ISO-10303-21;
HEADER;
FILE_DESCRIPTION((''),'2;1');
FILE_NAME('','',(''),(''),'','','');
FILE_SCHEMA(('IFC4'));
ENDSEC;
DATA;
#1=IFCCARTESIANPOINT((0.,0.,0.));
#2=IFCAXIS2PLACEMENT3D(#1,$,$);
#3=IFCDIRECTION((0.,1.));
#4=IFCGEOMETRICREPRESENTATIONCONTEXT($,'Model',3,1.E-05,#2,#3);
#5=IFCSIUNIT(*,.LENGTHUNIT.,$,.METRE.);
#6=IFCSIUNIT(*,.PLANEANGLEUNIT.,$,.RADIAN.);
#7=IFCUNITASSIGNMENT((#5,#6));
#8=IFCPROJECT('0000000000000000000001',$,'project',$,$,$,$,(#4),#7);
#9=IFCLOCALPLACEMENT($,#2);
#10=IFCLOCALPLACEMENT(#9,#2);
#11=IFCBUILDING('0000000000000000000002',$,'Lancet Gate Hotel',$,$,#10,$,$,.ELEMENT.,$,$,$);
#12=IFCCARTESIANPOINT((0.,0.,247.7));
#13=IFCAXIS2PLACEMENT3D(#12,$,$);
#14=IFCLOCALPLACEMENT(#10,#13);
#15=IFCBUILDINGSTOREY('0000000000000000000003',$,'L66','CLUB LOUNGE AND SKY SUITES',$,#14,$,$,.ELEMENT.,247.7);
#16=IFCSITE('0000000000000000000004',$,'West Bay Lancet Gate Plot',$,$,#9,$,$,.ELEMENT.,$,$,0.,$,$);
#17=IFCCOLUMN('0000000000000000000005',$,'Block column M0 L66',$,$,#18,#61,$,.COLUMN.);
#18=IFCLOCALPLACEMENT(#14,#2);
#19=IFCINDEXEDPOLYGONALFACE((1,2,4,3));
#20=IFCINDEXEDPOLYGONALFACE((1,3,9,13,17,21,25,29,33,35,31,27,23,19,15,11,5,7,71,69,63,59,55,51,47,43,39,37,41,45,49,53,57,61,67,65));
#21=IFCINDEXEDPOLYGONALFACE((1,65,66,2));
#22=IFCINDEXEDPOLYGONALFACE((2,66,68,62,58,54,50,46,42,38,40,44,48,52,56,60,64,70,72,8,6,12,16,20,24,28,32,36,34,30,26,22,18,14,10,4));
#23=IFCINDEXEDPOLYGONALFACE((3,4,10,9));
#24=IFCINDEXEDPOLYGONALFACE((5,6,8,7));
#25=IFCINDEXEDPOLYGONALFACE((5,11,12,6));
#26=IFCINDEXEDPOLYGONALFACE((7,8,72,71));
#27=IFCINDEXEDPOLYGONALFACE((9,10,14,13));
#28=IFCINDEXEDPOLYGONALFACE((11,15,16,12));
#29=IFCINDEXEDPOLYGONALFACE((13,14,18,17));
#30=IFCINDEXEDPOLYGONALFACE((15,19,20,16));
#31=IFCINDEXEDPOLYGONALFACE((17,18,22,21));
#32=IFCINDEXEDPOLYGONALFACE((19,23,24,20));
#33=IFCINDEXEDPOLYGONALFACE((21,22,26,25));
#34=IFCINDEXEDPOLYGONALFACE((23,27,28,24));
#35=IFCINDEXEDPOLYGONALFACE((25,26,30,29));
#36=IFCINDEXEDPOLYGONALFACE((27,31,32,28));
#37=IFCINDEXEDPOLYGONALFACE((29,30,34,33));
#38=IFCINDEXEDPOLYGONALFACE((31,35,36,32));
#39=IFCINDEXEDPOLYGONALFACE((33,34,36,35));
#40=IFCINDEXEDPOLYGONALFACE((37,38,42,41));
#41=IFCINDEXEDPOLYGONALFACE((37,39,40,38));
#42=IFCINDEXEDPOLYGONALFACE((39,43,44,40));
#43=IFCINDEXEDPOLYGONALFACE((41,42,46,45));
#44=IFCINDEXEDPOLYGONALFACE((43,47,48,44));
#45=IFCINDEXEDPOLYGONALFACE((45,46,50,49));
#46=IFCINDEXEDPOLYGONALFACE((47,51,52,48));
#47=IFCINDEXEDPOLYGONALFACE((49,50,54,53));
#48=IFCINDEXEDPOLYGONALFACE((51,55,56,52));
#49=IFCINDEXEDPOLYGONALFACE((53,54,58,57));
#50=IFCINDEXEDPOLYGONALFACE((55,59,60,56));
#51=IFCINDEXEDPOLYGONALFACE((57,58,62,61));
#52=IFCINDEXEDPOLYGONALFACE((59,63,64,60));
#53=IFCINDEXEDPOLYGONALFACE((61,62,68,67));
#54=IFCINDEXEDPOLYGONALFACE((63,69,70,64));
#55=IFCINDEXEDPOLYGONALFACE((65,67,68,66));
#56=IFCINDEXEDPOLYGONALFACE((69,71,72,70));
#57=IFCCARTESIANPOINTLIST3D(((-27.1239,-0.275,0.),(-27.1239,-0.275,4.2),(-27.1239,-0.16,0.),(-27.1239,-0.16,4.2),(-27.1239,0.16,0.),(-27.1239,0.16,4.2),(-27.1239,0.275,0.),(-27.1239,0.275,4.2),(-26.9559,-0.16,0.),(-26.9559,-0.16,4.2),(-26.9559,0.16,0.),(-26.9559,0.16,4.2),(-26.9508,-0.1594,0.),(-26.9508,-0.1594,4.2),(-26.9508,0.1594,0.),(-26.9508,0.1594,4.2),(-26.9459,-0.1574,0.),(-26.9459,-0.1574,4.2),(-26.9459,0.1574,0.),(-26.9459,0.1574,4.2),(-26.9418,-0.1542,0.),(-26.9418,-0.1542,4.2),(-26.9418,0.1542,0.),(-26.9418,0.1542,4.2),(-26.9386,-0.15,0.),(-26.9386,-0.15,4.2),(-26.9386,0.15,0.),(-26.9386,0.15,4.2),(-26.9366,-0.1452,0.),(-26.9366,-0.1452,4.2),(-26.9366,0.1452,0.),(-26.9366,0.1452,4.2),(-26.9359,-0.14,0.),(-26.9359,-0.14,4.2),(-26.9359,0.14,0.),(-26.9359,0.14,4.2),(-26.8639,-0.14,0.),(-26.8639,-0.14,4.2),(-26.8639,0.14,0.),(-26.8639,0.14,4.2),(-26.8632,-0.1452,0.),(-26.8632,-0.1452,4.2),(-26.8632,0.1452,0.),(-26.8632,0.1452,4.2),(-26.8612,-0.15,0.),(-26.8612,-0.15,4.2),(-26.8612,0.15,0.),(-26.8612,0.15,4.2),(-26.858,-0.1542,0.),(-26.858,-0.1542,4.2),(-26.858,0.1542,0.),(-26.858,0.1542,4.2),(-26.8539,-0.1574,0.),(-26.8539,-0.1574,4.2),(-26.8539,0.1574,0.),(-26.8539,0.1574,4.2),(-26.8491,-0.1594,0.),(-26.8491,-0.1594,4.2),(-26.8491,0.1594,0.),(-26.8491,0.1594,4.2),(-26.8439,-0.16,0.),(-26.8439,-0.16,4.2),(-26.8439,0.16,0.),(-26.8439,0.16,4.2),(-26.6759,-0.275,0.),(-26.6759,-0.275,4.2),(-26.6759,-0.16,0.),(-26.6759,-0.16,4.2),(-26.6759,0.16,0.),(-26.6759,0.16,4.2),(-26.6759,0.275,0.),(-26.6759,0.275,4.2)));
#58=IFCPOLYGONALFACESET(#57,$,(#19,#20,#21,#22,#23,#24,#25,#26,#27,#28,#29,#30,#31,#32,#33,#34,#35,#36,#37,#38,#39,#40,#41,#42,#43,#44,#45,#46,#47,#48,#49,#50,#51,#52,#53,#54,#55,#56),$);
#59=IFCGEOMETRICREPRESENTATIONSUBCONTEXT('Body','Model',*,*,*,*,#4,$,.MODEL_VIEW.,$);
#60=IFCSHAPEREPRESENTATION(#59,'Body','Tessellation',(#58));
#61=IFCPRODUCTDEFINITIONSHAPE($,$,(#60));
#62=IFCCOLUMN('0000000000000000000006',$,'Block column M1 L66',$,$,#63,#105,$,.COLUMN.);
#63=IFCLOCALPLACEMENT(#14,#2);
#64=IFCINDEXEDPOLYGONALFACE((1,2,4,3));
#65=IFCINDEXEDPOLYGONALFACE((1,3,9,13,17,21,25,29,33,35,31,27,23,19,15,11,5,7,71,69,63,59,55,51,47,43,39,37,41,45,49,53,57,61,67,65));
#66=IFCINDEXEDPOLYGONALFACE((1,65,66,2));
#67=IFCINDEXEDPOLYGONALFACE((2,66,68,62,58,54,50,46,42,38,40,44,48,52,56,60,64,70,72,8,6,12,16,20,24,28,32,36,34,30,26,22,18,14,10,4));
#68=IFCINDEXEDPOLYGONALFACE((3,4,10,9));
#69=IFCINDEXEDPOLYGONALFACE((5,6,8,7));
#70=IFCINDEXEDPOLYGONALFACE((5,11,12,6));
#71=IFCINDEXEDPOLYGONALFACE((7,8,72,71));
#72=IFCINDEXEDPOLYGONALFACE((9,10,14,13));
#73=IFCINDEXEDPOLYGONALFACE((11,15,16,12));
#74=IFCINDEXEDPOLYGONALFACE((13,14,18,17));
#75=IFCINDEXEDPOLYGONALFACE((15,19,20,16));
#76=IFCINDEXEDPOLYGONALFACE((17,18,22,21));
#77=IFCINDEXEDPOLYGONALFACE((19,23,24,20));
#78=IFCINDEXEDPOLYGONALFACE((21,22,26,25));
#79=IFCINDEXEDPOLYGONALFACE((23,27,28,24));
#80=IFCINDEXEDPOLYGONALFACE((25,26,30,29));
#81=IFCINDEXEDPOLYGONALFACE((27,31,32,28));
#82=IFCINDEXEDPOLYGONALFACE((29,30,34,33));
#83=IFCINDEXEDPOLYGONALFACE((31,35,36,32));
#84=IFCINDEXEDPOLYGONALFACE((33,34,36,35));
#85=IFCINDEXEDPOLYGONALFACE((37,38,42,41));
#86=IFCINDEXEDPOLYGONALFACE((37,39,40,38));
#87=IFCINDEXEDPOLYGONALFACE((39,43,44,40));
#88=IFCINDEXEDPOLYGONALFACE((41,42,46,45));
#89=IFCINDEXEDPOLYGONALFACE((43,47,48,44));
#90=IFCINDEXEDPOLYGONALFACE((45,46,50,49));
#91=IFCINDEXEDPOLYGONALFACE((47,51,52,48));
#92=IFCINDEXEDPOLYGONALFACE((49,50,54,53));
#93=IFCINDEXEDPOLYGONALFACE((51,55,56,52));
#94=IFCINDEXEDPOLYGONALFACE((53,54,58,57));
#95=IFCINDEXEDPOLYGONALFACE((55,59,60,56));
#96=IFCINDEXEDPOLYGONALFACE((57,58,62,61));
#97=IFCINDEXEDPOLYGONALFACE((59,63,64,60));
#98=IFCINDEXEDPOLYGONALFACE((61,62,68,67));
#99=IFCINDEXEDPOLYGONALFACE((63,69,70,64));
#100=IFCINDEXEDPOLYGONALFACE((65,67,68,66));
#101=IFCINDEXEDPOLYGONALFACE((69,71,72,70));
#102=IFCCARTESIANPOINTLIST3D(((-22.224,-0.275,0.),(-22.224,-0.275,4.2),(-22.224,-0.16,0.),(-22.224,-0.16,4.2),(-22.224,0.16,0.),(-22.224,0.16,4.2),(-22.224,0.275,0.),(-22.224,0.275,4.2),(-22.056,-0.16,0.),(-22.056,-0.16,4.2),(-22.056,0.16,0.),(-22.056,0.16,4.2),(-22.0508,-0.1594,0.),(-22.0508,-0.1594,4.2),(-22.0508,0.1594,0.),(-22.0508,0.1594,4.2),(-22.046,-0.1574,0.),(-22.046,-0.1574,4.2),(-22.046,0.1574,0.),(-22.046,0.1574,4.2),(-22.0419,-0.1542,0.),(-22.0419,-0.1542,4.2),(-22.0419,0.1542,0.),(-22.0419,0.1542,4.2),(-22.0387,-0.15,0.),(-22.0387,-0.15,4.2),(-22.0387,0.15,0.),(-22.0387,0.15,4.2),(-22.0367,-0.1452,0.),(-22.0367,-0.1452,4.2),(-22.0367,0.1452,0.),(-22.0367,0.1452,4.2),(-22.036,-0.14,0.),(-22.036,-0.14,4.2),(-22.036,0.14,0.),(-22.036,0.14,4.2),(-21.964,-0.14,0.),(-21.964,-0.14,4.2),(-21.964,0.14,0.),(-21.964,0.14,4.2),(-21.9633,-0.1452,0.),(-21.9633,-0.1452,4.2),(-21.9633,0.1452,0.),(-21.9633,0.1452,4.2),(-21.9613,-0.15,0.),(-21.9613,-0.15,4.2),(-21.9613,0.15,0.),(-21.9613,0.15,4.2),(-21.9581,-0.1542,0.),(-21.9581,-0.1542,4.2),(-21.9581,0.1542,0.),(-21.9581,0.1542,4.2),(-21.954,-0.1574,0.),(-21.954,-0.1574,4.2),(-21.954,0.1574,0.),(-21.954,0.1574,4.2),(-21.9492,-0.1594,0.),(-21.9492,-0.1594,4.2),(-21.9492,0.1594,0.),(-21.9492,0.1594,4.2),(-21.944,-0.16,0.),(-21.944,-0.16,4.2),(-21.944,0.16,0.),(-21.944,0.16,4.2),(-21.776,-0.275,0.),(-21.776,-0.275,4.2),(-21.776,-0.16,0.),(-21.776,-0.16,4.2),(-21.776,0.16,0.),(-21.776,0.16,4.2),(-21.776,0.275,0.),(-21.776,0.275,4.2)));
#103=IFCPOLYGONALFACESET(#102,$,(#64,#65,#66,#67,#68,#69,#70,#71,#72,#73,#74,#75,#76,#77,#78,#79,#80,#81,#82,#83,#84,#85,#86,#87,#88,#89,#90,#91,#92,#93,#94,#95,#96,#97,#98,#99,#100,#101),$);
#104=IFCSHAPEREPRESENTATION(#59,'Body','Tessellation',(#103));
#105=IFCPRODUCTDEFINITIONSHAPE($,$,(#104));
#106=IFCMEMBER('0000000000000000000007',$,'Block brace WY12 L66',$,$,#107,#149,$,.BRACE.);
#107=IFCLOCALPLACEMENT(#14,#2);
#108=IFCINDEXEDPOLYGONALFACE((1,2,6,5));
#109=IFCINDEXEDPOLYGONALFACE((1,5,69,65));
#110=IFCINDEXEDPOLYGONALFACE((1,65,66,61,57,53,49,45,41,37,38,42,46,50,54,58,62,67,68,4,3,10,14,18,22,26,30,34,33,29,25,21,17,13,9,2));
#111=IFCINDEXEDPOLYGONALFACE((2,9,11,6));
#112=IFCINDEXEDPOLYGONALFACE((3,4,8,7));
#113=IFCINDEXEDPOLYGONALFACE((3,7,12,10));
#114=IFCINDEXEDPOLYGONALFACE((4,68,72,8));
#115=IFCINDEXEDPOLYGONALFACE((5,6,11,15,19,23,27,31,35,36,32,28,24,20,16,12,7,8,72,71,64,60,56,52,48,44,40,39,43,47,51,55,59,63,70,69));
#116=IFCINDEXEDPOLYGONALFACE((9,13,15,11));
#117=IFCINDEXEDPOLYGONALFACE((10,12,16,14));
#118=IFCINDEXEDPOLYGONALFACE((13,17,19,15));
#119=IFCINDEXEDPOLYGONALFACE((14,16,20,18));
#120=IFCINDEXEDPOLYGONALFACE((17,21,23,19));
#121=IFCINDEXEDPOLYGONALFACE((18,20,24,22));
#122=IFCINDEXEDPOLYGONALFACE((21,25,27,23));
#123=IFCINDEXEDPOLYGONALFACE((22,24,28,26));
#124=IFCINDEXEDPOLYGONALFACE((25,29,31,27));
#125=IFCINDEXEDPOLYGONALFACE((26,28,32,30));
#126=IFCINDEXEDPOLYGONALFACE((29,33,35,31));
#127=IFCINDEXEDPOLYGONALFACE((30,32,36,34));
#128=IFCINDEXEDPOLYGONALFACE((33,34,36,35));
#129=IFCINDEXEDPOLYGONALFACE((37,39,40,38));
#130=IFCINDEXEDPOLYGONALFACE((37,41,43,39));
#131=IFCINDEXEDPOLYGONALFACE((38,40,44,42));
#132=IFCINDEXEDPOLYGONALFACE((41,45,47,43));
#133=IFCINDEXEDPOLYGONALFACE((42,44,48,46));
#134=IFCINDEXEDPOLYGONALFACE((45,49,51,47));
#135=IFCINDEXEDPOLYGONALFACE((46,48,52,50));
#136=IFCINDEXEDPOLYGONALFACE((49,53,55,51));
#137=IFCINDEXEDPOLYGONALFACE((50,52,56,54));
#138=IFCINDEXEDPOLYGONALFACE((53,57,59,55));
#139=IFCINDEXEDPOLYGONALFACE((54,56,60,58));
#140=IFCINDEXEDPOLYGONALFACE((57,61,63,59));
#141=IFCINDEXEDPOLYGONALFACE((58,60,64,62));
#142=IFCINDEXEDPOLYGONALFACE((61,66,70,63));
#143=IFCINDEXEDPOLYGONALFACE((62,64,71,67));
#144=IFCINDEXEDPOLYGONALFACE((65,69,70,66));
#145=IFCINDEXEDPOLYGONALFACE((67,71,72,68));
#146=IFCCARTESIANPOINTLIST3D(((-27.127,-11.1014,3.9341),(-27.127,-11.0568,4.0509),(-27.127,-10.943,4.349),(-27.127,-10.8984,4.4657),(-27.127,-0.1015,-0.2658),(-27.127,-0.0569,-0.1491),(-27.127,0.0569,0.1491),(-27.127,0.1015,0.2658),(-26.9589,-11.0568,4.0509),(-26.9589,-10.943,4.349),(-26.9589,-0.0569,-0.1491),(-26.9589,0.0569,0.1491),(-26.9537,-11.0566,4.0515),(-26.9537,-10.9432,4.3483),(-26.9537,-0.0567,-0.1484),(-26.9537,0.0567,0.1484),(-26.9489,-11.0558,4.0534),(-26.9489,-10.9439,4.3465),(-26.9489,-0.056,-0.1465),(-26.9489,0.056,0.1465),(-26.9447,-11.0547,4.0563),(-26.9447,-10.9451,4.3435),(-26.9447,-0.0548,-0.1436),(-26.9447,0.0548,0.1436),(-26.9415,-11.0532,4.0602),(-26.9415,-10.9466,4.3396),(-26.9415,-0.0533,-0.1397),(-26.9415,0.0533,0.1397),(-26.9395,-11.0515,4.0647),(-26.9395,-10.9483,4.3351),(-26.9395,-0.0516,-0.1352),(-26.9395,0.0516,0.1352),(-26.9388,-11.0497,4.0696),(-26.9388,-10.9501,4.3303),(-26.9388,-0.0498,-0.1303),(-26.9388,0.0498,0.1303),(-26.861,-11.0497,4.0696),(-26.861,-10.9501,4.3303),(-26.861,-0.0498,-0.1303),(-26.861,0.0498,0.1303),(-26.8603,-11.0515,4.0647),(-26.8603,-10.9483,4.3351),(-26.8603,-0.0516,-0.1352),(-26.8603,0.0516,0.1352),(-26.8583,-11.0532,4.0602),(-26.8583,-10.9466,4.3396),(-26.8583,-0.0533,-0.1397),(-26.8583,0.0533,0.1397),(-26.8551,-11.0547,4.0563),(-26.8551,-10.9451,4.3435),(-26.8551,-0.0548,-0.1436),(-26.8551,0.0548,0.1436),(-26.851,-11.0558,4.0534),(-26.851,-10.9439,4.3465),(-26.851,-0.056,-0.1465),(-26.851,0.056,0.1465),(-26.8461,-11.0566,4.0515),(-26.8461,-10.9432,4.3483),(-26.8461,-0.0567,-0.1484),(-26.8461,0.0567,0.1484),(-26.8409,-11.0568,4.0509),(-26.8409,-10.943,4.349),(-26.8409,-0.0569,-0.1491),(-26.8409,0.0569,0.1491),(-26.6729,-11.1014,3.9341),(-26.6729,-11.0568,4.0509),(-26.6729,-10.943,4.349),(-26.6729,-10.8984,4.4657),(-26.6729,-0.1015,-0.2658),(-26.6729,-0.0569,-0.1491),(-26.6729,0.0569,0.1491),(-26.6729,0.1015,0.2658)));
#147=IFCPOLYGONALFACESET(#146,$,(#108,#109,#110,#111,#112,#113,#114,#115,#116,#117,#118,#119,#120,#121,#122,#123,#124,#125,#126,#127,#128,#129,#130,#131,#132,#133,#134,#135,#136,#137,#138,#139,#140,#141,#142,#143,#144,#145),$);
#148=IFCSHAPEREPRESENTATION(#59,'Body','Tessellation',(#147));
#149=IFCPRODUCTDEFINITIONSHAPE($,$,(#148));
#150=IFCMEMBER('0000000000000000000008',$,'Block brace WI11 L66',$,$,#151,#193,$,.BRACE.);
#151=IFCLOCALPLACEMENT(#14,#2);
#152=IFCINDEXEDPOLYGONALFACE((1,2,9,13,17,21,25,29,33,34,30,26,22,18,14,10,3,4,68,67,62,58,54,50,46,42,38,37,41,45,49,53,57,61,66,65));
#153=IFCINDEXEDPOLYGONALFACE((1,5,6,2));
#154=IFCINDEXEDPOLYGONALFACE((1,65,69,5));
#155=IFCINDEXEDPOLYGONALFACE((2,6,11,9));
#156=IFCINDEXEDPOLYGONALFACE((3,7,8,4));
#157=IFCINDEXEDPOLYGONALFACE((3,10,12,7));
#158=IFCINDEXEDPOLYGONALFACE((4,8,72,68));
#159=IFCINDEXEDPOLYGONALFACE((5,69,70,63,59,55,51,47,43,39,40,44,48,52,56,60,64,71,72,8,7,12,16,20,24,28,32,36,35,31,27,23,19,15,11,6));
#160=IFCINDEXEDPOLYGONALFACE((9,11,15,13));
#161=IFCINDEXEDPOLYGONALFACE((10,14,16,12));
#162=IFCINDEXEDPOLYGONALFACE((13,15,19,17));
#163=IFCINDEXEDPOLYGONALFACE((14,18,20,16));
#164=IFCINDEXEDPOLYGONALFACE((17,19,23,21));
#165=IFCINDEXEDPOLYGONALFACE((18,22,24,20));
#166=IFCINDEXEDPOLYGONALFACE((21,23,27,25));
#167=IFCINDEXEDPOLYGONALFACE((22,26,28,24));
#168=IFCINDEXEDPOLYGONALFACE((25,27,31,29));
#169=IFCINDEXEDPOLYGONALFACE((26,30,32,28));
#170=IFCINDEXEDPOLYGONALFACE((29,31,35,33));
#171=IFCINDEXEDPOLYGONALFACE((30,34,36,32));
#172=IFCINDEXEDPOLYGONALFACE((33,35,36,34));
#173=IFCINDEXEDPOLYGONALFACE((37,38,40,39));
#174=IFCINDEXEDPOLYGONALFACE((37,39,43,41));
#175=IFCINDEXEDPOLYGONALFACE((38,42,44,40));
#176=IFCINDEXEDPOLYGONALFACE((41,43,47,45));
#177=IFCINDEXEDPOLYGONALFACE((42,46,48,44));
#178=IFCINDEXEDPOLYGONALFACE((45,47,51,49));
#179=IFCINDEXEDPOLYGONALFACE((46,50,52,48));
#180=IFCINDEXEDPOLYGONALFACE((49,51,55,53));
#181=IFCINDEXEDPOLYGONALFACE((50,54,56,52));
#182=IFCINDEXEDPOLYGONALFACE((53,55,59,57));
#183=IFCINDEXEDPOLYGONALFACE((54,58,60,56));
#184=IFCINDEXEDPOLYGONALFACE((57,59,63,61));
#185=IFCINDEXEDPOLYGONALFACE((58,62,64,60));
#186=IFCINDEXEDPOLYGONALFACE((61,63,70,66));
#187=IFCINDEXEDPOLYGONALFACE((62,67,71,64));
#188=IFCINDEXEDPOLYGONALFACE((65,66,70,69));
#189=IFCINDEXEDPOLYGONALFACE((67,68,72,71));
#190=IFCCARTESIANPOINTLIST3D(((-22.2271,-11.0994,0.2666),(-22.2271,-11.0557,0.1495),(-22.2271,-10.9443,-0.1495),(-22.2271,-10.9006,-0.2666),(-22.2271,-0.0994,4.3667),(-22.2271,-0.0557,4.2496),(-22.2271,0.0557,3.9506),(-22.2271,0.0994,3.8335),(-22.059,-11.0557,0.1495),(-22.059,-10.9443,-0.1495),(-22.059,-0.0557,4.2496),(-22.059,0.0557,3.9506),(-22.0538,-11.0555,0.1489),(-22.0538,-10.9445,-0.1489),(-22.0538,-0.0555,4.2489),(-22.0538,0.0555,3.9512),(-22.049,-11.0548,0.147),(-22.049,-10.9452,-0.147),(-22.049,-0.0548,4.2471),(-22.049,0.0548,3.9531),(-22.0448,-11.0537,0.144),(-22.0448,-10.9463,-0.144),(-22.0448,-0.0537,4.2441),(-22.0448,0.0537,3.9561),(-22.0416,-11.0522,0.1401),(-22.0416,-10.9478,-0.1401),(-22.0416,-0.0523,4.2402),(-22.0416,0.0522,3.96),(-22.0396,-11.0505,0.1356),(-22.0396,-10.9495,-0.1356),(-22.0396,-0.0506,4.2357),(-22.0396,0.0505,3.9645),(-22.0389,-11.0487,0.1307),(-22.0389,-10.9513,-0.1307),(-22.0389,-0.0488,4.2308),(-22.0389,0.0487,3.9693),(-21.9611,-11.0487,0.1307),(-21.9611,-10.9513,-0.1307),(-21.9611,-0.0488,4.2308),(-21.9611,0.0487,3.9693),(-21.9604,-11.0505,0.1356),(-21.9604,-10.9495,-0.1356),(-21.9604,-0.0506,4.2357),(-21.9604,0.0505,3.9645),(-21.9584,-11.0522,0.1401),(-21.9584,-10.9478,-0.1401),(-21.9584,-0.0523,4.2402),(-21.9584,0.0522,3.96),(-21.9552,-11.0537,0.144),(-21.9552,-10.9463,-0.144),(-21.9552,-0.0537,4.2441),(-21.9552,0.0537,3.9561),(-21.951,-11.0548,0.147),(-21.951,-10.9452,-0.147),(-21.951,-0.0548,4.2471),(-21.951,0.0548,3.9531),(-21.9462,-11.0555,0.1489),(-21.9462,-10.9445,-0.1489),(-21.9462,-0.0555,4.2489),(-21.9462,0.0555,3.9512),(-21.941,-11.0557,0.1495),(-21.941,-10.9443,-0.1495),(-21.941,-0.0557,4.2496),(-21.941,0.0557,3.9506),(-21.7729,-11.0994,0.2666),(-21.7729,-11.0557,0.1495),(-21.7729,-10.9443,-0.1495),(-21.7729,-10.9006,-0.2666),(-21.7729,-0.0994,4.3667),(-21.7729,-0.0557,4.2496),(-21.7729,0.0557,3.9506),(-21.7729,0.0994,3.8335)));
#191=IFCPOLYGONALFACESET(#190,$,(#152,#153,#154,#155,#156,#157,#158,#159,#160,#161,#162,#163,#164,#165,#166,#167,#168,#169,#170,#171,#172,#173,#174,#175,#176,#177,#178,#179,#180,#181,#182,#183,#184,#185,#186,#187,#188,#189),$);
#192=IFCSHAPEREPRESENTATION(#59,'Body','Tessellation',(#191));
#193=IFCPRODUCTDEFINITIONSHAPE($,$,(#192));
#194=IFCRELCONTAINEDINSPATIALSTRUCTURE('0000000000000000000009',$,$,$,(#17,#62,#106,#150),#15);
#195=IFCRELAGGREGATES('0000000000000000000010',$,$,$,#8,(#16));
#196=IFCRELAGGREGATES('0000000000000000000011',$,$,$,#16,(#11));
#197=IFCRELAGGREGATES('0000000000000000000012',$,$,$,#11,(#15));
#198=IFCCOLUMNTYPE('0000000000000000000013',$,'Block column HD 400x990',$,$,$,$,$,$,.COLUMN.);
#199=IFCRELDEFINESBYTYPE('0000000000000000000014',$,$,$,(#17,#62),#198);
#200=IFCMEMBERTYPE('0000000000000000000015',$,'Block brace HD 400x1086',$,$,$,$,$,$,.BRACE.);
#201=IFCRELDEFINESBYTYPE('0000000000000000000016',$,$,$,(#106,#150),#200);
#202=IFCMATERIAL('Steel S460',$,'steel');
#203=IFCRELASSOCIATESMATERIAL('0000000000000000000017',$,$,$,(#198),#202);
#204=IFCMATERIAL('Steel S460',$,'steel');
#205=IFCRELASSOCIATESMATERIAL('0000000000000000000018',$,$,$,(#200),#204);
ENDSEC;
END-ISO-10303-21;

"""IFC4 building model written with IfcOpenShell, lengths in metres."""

from ifc_helpers import new_model, si_unit, direction, frame, origin, origin_2d, place, context, subcontext, project, spatial, i_section, extrude, material, material_profile, profile_set, type_object, element, save


model = new_model("IFC4")

# Units and contexts
model_context = context("Model", 3, precision=1e-05, world=origin(), true_north=direction((0.0, 1.0)))
body_context = subcontext(model_context, "Body", "Model", "MODEL_VIEW")
ifc_project = project(units=[si_unit("LENGTHUNIT", "METRE"), si_unit("PLANEANGLEUNIT", "RADIAN")], contexts=[model_context])

# Site, building, storey
site_placement = place(None, origin())
site = spatial("IfcSite", under=ifc_project, at=site_placement, Name="West Bay Lancet Gate Plot", CompositionType="ELEMENT", RefElevation=0.0)
building_placement = place(site_placement, origin())
building = spatial("IfcBuilding", under=site, at=building_placement, Name="Lancet Gate Hotel", CompositionType="ELEMENT")
storey_placement = place(building_placement, frame((0.0, 0.0, 247.7)))
storey = spatial("IfcBuildingStorey", under=building, at=storey_placement, Name="L66", Description="CLUB LOUNGE AND SKY SUITES", CompositionType="ELEMENT", Elevation=247.7)

# Columns
ifc_material_1 = material(Name="Steel S460", Category="steel")
ifc_material_profile_1 = material_profile(ifc_material_1, i_section(OverallWidth=0.448, OverallDepth=0.55, WebThickness=0.072, FlangeThickness=0.115, FilletRadius=0.02, at=origin_2d()), Name="HD 400x990")
ifc_profile_set_1 = profile_set([ifc_material_profile_1], Name="Steel S460")
column_type = type_object("IfcColumnType", Name="Block column HD 400x990", PredefinedType="COLUMN", material=ifc_profile_set_1)
for number, where, z_axis, x_axis, name in (
    (1, (-26.8999, 0.0, 0.0), (0.0, 0.0, 1.0), (1.0, 0.0, 0.0), "Block column M0 L66"),
    (2, (-22.0, 0.0, 0.0), (0.0, 0.0, 1.0), (1.0, 0.0, 0.0), "Block column M1 L66"),
):
    element("IfcColumn", number, at=place(storey_placement, frame(where, z_axis=z_axis, x_axis=x_axis)), inside=storey, type_object=column_type, Name=name, PredefinedType="COLUMN", context=body_context, shape_type="SweptSolid", body=[
        extrude(i_section(OverallWidth=0.448, OverallDepth=0.55, WebThickness=0.072, FlangeThickness=0.115, FilletRadius=0.02, at=origin_2d()), origin(), (0.0, 0.0, 1.0), 4.2),
    ])

# Members
ifc_material_2 = material(Name="Steel S460", Category="steel")
ifc_material_profile_2 = material_profile(ifc_material_2, i_section(OverallWidth=0.4541, OverallDepth=0.5691, WebThickness=0.0779, FlangeThickness=0.125, FilletRadius=0.02, at=origin_2d()), Name="HD 400x1086")
ifc_profile_set_2 = profile_set([ifc_material_profile_2], Name="Steel S460")
member_type = type_object("IfcMemberType", Name="Block brace HD 400x1086", PredefinedType="BRACE", material=ifc_profile_set_2)
member_1_placement = place(storey_placement, frame((-26.8999, 0.0, 0.0), z_axis=(0.0, -0.93422, 0.356698), x_axis=(1.0, 0.0, 0.0)))
element("IfcMember", 3, at=member_1_placement, inside=storey, type_object=member_type, Name="Block brace WY12 L66", PredefinedType="BRACE", context=body_context, shape_type="SweptSolid", body=[
    extrude(i_section(OverallWidth=0.4541, OverallDepth=0.5691, WebThickness=0.0779, FlangeThickness=0.125, FilletRadius=0.02, at=origin_2d()), origin(), (0.0, 0.0, 1.0), 11.7744),
])
member_2_placement = place(storey_placement, frame((-22.0, -11.0, 0.0), z_axis=(0.0, 0.937025, 0.349263), x_axis=(-1.0, 0.0, 0.0)))
element("IfcMember", 4, at=member_2_placement, inside=storey, type_object=member_type, Name="Block brace WI11 L66", PredefinedType="BRACE", context=body_context, shape_type="SweptSolid", body=[
    extrude(i_section(OverallWidth=0.4541, OverallDepth=0.5691, WebThickness=0.0779, FlangeThickness=0.125, FilletRadius=0.02, at=origin_2d()), origin(), (0.0, 0.0, 1.0), 11.7393),
])

save(model, "model.ifc")
